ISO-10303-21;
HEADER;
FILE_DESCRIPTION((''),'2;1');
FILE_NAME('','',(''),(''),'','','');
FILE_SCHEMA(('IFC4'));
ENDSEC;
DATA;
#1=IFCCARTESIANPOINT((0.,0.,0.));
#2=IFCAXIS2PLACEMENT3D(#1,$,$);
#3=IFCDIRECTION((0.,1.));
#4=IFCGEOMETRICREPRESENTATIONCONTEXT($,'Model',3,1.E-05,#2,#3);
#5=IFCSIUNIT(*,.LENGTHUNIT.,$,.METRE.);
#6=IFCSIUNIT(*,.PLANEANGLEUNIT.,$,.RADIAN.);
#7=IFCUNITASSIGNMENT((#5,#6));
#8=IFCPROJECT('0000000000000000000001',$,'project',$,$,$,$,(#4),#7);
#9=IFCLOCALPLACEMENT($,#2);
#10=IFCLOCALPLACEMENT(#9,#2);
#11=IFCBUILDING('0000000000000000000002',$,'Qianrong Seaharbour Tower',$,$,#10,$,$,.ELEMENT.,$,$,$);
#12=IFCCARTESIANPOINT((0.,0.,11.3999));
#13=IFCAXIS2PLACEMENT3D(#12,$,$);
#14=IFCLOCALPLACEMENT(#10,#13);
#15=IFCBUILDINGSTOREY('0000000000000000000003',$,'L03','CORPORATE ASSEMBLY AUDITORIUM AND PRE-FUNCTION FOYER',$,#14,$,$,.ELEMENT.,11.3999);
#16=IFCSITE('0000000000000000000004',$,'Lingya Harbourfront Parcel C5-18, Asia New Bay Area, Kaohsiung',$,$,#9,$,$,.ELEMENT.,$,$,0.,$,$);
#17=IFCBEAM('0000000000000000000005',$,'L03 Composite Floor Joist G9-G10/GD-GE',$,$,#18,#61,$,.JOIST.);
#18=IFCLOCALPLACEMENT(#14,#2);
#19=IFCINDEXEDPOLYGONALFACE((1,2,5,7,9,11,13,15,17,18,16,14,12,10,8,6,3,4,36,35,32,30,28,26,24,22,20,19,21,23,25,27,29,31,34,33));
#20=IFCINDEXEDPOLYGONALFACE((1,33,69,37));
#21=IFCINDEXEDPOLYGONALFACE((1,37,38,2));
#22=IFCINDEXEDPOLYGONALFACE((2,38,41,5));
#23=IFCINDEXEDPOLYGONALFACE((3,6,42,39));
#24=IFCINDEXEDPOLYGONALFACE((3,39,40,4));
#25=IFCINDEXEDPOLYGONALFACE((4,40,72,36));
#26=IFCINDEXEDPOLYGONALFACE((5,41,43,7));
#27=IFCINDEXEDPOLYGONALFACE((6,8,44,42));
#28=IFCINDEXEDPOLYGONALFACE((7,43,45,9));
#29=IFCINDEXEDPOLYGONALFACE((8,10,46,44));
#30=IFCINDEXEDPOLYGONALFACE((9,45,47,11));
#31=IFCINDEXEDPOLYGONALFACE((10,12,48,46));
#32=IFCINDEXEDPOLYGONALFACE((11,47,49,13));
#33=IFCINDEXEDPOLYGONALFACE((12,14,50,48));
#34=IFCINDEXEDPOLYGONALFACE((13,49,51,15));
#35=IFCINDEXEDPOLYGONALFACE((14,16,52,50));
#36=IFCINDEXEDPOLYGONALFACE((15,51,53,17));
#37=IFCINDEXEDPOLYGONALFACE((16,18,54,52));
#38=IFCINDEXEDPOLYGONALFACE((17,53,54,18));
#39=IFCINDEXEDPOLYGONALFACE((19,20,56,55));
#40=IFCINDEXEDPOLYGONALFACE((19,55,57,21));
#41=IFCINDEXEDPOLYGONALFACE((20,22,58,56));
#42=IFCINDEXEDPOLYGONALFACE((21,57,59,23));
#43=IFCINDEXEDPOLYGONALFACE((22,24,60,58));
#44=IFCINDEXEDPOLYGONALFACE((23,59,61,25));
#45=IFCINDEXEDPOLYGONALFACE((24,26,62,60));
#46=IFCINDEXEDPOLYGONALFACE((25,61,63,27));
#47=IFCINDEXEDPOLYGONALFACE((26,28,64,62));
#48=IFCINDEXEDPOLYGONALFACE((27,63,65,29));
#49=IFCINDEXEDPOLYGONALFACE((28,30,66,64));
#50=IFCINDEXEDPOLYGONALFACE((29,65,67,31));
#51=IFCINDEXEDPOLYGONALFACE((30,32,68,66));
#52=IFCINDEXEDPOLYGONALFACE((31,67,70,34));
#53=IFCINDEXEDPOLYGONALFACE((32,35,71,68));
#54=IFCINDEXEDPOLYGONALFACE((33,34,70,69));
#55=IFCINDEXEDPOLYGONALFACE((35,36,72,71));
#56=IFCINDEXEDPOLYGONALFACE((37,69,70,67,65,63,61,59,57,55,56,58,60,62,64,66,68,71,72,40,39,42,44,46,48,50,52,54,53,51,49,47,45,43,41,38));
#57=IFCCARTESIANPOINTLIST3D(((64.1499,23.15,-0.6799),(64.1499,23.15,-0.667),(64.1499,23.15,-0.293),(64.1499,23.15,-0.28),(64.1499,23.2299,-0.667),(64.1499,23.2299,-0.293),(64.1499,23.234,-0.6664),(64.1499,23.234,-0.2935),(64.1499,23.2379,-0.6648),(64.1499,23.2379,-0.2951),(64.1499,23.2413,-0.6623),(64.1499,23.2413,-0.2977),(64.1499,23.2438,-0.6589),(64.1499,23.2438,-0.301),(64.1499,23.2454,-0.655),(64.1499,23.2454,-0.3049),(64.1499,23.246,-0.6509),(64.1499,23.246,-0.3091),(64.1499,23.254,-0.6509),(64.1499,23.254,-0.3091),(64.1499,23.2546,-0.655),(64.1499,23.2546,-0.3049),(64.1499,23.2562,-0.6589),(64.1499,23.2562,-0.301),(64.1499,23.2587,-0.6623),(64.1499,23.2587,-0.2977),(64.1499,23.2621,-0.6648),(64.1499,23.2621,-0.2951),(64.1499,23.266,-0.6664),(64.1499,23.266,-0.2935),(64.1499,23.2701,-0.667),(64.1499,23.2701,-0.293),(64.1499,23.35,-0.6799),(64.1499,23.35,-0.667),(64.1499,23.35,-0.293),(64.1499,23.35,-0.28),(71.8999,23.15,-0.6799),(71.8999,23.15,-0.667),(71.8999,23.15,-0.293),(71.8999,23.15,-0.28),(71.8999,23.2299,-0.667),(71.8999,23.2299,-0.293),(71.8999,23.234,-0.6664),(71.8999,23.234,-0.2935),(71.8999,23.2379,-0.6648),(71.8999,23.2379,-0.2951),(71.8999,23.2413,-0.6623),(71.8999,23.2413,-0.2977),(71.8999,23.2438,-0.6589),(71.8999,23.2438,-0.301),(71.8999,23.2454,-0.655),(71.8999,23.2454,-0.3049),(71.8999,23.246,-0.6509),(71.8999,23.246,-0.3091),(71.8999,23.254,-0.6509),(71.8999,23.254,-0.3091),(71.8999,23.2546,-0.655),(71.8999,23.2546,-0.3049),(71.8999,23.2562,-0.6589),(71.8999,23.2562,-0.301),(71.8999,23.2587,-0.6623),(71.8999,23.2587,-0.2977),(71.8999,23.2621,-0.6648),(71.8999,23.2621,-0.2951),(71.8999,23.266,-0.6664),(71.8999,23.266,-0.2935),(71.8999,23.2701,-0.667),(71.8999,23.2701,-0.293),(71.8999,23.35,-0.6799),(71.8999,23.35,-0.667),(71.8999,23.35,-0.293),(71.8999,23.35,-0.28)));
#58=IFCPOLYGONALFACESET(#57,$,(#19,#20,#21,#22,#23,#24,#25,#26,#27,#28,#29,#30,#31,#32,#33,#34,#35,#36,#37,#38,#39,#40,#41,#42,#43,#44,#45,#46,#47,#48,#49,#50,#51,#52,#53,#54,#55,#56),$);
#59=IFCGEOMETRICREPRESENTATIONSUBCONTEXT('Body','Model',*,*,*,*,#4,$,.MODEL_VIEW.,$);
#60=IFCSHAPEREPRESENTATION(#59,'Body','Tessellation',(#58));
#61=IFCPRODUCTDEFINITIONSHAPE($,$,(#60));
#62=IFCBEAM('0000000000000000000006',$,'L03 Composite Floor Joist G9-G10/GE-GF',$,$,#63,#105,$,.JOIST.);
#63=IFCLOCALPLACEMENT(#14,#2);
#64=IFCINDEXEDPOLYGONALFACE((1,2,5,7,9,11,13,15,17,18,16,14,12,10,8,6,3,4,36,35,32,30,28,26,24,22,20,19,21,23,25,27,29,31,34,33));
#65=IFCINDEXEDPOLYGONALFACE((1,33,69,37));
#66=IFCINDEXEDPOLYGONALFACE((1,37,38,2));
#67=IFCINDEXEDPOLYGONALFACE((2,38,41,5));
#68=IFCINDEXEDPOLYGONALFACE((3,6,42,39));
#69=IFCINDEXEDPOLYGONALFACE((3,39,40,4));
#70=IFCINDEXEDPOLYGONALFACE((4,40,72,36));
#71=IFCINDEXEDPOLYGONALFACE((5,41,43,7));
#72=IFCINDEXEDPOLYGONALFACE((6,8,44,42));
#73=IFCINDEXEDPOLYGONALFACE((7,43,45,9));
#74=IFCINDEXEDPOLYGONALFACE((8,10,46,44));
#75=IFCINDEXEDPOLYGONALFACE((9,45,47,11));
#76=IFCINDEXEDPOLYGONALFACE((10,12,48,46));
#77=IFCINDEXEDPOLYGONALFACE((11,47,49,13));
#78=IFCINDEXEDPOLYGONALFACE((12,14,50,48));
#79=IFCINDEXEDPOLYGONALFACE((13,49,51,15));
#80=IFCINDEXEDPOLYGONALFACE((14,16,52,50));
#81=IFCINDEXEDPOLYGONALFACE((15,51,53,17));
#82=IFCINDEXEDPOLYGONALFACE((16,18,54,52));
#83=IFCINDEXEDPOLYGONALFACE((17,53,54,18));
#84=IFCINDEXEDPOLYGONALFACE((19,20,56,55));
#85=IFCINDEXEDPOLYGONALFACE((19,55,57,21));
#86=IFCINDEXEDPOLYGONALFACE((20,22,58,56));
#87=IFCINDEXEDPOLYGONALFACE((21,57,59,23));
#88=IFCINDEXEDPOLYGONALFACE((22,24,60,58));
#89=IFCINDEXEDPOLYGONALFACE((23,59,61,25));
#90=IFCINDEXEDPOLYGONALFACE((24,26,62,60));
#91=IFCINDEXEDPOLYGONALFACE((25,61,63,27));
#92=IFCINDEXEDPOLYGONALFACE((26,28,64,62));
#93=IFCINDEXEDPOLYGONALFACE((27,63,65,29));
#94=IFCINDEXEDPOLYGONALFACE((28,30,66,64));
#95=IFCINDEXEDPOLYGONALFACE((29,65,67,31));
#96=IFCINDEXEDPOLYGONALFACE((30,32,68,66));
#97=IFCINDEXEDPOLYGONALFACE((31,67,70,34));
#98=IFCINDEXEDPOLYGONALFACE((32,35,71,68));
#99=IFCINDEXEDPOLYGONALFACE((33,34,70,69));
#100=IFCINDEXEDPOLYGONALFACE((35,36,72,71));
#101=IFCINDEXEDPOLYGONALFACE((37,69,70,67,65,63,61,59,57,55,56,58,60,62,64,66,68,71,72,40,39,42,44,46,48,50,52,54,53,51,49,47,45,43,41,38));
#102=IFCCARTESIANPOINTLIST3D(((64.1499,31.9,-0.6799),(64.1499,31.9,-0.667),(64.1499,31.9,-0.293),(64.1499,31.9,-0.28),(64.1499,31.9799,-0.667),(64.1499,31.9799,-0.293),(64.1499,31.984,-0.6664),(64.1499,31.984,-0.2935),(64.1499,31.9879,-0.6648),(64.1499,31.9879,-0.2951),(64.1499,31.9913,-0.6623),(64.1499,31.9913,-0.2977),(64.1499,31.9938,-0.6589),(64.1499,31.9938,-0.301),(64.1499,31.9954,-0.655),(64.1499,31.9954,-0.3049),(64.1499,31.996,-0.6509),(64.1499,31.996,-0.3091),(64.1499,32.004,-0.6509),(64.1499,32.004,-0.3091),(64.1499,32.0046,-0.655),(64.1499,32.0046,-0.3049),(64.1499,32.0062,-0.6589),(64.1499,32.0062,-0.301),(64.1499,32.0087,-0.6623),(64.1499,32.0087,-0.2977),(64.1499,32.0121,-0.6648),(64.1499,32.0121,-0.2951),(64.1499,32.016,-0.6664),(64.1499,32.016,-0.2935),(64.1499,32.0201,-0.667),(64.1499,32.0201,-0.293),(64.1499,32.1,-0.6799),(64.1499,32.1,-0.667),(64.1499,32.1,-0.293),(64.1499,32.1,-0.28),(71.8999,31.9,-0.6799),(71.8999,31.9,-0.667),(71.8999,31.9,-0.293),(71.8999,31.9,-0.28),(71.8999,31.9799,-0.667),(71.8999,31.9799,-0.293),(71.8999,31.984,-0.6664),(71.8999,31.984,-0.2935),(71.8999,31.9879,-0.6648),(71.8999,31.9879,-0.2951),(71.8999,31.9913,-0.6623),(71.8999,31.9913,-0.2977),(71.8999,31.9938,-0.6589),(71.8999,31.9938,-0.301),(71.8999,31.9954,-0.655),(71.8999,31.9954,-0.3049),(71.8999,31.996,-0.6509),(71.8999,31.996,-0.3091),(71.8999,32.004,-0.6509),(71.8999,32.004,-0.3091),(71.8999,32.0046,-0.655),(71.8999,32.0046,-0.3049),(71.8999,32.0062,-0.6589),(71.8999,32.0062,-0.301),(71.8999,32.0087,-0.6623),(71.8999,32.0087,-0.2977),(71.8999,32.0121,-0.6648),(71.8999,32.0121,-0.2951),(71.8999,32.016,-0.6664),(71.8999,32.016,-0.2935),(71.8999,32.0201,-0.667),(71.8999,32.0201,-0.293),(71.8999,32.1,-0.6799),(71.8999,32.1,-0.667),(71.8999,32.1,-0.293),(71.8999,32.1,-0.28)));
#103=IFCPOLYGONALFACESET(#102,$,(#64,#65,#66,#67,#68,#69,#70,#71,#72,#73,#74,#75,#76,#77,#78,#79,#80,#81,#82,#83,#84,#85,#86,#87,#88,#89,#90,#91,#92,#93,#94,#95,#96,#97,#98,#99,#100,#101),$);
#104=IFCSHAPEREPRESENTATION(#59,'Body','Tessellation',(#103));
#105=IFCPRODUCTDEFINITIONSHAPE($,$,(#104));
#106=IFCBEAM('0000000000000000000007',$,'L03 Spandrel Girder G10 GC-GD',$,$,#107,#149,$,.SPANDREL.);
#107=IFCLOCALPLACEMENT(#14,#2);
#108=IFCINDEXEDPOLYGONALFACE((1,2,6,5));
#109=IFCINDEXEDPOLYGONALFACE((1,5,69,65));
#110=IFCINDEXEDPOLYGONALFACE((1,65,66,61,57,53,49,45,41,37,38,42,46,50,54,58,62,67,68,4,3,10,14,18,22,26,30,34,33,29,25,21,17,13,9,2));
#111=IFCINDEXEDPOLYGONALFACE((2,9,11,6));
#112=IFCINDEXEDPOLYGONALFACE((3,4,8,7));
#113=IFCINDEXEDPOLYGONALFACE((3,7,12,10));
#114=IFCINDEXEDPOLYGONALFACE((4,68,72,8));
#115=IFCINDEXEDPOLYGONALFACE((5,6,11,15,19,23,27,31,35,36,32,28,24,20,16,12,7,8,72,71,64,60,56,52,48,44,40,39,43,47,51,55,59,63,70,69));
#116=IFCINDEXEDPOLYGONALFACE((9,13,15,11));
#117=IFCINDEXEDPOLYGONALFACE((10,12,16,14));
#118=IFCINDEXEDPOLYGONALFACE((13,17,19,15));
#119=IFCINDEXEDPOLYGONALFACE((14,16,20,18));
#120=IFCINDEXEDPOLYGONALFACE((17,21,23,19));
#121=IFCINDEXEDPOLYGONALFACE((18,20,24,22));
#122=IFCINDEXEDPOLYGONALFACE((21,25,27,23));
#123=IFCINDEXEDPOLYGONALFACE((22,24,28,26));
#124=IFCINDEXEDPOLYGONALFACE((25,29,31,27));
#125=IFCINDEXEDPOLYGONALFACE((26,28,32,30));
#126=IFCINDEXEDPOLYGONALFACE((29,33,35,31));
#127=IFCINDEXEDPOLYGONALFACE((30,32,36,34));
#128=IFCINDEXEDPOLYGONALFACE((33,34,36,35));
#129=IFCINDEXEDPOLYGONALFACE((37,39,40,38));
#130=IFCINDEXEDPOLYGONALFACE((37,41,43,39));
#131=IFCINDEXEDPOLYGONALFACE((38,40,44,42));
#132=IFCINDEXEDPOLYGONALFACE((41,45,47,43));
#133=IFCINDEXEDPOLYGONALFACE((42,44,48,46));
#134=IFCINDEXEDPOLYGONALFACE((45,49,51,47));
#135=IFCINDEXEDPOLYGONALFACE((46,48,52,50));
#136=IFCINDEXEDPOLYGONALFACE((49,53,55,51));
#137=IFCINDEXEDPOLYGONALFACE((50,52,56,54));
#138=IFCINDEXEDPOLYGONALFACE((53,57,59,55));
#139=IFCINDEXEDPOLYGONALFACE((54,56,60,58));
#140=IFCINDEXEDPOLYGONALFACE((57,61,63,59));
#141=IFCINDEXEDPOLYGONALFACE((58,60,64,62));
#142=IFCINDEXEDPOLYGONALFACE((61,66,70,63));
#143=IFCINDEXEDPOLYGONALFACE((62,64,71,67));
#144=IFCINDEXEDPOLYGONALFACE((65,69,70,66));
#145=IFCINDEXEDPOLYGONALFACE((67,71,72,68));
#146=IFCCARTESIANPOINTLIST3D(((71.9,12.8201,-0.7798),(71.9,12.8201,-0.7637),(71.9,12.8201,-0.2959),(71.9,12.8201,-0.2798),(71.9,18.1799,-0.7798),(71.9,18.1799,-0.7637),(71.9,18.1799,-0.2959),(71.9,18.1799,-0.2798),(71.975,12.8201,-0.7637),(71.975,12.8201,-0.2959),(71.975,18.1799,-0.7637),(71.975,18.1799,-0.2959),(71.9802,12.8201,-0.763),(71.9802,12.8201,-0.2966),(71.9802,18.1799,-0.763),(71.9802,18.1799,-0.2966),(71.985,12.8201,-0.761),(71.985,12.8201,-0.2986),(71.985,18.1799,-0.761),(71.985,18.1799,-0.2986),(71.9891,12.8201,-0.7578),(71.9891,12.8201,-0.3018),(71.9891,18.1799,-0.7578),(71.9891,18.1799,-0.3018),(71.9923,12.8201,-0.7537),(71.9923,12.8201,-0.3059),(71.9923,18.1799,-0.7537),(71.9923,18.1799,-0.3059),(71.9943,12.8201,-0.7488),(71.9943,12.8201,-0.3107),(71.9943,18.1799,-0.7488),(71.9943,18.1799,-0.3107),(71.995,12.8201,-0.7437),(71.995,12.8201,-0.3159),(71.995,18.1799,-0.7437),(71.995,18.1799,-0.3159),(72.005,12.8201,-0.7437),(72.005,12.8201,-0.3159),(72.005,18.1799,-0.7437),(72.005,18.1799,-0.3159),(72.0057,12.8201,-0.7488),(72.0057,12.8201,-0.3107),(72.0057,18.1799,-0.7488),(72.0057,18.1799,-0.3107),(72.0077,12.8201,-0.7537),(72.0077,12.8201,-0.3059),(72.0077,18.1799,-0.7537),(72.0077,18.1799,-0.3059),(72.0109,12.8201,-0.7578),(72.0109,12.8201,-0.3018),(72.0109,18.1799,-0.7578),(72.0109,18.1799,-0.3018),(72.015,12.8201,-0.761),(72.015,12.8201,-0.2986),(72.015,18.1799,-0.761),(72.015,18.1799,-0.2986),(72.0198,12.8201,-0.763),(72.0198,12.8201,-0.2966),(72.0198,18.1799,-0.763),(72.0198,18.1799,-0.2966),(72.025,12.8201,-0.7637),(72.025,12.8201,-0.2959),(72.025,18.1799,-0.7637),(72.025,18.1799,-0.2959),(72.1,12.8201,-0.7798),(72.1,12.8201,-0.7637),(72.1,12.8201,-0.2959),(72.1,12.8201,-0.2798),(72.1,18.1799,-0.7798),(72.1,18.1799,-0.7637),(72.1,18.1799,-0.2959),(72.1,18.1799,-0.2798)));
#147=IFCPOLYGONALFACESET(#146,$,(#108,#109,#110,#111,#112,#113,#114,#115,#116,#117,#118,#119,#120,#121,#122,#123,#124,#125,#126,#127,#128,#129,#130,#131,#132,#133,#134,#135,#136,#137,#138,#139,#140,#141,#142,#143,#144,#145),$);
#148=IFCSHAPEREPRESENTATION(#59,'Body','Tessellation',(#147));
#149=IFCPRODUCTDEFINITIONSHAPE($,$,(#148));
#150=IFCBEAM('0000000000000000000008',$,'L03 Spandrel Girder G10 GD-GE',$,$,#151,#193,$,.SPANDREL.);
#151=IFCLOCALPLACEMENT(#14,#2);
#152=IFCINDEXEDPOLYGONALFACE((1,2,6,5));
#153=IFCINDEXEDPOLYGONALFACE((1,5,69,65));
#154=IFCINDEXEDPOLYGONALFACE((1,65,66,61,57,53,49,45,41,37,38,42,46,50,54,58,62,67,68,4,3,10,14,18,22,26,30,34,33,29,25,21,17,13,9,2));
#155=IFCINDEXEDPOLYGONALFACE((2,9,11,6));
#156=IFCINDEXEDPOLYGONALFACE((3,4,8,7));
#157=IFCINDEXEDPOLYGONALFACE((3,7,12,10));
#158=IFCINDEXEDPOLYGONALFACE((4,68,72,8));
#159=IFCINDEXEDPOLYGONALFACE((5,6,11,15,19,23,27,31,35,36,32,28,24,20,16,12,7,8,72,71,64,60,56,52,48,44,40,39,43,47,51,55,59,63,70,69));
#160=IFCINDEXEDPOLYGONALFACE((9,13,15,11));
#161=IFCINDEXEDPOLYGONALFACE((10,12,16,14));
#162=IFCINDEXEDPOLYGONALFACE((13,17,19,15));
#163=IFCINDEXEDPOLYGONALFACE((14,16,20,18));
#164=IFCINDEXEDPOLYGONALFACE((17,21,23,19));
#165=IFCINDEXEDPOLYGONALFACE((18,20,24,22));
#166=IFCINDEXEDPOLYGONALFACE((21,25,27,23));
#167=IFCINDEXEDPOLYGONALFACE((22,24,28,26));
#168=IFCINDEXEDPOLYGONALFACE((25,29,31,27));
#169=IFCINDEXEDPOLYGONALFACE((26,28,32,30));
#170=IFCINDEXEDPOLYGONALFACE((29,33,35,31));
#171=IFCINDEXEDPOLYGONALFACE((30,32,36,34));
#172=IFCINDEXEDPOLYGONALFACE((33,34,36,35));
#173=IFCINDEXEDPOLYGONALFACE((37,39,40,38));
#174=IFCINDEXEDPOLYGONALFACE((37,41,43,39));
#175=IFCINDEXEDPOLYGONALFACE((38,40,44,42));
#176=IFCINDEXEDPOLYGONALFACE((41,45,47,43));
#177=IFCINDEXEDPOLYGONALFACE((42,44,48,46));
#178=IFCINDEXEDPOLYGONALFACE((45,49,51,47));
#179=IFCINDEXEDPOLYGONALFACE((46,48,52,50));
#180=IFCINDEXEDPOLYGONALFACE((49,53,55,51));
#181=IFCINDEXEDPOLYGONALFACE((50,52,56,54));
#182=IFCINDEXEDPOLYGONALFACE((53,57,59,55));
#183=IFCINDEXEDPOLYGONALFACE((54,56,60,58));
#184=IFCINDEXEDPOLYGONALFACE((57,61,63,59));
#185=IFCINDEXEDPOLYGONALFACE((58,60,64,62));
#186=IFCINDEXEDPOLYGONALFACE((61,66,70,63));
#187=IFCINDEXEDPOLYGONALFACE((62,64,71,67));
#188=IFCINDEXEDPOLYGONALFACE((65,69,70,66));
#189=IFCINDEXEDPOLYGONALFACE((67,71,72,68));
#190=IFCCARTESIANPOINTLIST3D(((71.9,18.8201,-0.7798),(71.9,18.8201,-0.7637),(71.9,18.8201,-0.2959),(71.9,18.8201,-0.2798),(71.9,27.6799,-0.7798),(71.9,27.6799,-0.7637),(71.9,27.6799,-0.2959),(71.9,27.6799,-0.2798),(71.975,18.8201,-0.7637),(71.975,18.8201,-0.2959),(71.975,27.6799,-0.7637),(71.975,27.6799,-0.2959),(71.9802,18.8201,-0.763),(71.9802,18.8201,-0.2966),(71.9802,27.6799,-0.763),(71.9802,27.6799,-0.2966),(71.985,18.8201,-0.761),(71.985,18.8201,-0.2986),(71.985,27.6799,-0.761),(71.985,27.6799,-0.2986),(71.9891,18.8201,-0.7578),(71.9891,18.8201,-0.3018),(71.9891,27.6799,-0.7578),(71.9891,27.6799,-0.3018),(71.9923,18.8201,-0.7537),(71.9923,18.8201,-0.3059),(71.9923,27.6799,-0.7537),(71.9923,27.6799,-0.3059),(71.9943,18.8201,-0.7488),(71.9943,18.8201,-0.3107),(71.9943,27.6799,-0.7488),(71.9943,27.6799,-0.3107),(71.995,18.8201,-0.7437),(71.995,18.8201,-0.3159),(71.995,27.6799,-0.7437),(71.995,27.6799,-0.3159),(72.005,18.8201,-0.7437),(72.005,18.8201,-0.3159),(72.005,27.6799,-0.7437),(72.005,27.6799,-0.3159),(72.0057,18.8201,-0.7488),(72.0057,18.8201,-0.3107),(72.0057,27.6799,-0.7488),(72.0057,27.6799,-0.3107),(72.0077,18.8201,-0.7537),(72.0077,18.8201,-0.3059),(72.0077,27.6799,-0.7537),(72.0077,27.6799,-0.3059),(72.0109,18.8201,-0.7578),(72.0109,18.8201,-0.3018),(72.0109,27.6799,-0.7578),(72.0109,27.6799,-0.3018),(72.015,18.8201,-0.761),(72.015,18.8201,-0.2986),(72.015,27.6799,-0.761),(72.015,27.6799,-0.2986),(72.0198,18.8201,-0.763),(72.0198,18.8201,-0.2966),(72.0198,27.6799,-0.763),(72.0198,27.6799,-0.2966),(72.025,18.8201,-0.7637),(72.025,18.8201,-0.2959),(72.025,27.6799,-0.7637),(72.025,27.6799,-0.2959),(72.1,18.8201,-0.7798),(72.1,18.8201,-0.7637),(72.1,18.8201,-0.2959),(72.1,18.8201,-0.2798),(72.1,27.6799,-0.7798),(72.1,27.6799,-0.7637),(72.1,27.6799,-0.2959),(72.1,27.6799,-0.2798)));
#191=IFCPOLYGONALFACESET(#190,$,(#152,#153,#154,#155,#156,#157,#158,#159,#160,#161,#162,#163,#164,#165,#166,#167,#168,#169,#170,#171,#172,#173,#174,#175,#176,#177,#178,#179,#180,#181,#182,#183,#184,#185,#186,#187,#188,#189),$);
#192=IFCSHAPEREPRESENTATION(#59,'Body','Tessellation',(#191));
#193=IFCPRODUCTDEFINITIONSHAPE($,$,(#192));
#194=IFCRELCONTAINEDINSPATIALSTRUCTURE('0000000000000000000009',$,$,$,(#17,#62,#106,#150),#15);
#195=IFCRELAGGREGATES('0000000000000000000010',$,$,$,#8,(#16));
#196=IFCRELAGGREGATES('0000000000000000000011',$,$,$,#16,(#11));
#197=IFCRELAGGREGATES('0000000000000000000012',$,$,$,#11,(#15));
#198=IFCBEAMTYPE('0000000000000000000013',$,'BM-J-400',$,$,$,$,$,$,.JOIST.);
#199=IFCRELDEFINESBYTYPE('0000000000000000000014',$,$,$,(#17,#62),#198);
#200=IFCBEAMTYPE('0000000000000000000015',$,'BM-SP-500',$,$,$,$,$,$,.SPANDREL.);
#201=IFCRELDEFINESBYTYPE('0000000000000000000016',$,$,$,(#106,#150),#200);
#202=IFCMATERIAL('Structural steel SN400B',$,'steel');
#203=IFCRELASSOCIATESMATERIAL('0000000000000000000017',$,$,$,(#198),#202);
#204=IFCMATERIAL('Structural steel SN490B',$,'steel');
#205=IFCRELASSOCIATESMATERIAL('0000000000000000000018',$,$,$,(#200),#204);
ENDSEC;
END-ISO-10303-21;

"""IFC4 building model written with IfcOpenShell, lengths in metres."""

from ifc_helpers import new_model, si_unit, direction, frame, origin, origin_2d, place, context, subcontext, project, spatial, i_section, extrude, material, material_profile, profile_set, type_object, element, save


model = new_model("IFC4")

# Units and contexts
model_context = context("Model", 3, precision=1e-05, world=origin(), true_north=direction((0.0, 1.0)))
body_context = subcontext(model_context, "Body", "Model", "MODEL_VIEW")
ifc_project = project(units=[si_unit("LENGTHUNIT", "METRE"), si_unit("PLANEANGLEUNIT", "RADIAN")], contexts=[model_context])

# Site, building, storey
site_placement = place(None, origin())
site = spatial("IfcSite", under=ifc_project, at=site_placement, Name="Lingya Harbourfront Parcel C5-18, Asia New Bay Area, Kaohsiung", CompositionType="ELEMENT", RefElevation=0.0)
building_placement = place(site_placement, origin())
building = spatial("IfcBuilding", under=site, at=building_placement, Name="Qianrong Seaharbour Tower", CompositionType="ELEMENT")
storey_placement = place(building_placement, frame((0.0, 0.0, 11.3999)))
storey = spatial("IfcBuildingStorey", under=building, at=storey_placement, Name="L03", Description="CORPORATE ASSEMBLY AUDITORIUM AND PRE-FUNCTION FOYER", CompositionType="ELEMENT", Elevation=11.3999)

# Shared definitions
ifc_material_1 = material(Name="Structural steel SN490B", Category="steel")

# Beams
ifc_material_2 = material(Name="Structural steel SN400B", Category="steel")
ifc_material_profile_1 = material_profile(ifc_material_2, i_section(OverallWidth=0.2, OverallDepth=0.3999, WebThickness=0.0081, FlangeThickness=0.0129, FilletRadius=0.0161, at=origin_2d()), Name="H400x200x8x13")
ifc_profile_set_1 = profile_set([ifc_material_profile_1], Name="Structural steel SN400B")
beam_type_1 = type_object("IfcBeamType", Name="BM-J-400", PredefinedType="JOIST", material=ifc_profile_set_1)
for number, where, z_axis, x_axis, name in (
    (1, (64.1499, 23.25, -0.48), (1.0, 0.0, 0.0), (0.0, 1.0, 0.0), "L03 Composite Floor Joist G9-G10/GD-GE"),
    (2, (64.1499, 32.0, -0.48), (1.0, 0.0, 0.0), (0.0, 1.0, 0.0), "L03 Composite Floor Joist G9-G10/GE-GF"),
):
    element("IfcBeam", number, at=place(storey_placement, frame(where, z_axis=z_axis, x_axis=x_axis)), inside=storey, type_object=beam_type_1, Name=name, PredefinedType="JOIST", context=body_context, shape_type="SweptSolid", body=[
        extrude(i_section(OverallWidth=0.2, OverallDepth=0.3999, WebThickness=0.0081, FlangeThickness=0.0129, FilletRadius=0.0161, at=origin_2d()), origin(), (0.0, 0.0, 1.0), 7.75),
    ])
ifc_material_profile_2 = material_profile(ifc_material_1, i_section(OverallWidth=0.2, OverallDepth=0.5, WebThickness=0.01, FlangeThickness=0.0161, FilletRadius=0.02, at=origin_2d()), Name="H500x200x10x16")
ifc_profile_set_2 = profile_set([ifc_material_profile_2], Name="Structural steel SN490B")
beam_type_2 = type_object("IfcBeamType", Name="BM-SP-500", PredefinedType="SPANDREL", material=ifc_profile_set_2)
beam_1_placement = place(storey_placement, frame((72.0, 12.8201, -0.5298), z_axis=(0.0, 1.0, 0.0), x_axis=(-1.0, 0.0, 0.0)))
element("IfcBeam", 3, at=beam_1_placement, inside=storey, type_object=beam_type_2, Name="L03 Spandrel Girder G10 GC-GD", PredefinedType="SPANDREL", context=body_context, shape_type="SweptSolid", body=[
    extrude(i_section(OverallWidth=0.2, OverallDepth=0.5, WebThickness=0.01, FlangeThickness=0.0161, FilletRadius=0.02, at=origin_2d()), origin(), (0.0, 0.0, 1.0), 5.3599),
])
beam_2_placement = place(storey_placement, frame((72.0, 18.8201, -0.5298), z_axis=(0.0, 1.0, 0.0), x_axis=(-1.0, 0.0, 0.0)))
element("IfcBeam", 4, at=beam_2_placement, inside=storey, type_object=beam_type_2, Name="L03 Spandrel Girder G10 GD-GE", PredefinedType="SPANDREL", context=body_context, shape_type="SweptSolid", body=[
    extrude(i_section(OverallWidth=0.2, OverallDepth=0.5, WebThickness=0.01, FlangeThickness=0.0161, FilletRadius=0.02, at=origin_2d()), origin(), (0.0, 0.0, 1.0), 8.8599),
])

save(model, "model.ifc")
